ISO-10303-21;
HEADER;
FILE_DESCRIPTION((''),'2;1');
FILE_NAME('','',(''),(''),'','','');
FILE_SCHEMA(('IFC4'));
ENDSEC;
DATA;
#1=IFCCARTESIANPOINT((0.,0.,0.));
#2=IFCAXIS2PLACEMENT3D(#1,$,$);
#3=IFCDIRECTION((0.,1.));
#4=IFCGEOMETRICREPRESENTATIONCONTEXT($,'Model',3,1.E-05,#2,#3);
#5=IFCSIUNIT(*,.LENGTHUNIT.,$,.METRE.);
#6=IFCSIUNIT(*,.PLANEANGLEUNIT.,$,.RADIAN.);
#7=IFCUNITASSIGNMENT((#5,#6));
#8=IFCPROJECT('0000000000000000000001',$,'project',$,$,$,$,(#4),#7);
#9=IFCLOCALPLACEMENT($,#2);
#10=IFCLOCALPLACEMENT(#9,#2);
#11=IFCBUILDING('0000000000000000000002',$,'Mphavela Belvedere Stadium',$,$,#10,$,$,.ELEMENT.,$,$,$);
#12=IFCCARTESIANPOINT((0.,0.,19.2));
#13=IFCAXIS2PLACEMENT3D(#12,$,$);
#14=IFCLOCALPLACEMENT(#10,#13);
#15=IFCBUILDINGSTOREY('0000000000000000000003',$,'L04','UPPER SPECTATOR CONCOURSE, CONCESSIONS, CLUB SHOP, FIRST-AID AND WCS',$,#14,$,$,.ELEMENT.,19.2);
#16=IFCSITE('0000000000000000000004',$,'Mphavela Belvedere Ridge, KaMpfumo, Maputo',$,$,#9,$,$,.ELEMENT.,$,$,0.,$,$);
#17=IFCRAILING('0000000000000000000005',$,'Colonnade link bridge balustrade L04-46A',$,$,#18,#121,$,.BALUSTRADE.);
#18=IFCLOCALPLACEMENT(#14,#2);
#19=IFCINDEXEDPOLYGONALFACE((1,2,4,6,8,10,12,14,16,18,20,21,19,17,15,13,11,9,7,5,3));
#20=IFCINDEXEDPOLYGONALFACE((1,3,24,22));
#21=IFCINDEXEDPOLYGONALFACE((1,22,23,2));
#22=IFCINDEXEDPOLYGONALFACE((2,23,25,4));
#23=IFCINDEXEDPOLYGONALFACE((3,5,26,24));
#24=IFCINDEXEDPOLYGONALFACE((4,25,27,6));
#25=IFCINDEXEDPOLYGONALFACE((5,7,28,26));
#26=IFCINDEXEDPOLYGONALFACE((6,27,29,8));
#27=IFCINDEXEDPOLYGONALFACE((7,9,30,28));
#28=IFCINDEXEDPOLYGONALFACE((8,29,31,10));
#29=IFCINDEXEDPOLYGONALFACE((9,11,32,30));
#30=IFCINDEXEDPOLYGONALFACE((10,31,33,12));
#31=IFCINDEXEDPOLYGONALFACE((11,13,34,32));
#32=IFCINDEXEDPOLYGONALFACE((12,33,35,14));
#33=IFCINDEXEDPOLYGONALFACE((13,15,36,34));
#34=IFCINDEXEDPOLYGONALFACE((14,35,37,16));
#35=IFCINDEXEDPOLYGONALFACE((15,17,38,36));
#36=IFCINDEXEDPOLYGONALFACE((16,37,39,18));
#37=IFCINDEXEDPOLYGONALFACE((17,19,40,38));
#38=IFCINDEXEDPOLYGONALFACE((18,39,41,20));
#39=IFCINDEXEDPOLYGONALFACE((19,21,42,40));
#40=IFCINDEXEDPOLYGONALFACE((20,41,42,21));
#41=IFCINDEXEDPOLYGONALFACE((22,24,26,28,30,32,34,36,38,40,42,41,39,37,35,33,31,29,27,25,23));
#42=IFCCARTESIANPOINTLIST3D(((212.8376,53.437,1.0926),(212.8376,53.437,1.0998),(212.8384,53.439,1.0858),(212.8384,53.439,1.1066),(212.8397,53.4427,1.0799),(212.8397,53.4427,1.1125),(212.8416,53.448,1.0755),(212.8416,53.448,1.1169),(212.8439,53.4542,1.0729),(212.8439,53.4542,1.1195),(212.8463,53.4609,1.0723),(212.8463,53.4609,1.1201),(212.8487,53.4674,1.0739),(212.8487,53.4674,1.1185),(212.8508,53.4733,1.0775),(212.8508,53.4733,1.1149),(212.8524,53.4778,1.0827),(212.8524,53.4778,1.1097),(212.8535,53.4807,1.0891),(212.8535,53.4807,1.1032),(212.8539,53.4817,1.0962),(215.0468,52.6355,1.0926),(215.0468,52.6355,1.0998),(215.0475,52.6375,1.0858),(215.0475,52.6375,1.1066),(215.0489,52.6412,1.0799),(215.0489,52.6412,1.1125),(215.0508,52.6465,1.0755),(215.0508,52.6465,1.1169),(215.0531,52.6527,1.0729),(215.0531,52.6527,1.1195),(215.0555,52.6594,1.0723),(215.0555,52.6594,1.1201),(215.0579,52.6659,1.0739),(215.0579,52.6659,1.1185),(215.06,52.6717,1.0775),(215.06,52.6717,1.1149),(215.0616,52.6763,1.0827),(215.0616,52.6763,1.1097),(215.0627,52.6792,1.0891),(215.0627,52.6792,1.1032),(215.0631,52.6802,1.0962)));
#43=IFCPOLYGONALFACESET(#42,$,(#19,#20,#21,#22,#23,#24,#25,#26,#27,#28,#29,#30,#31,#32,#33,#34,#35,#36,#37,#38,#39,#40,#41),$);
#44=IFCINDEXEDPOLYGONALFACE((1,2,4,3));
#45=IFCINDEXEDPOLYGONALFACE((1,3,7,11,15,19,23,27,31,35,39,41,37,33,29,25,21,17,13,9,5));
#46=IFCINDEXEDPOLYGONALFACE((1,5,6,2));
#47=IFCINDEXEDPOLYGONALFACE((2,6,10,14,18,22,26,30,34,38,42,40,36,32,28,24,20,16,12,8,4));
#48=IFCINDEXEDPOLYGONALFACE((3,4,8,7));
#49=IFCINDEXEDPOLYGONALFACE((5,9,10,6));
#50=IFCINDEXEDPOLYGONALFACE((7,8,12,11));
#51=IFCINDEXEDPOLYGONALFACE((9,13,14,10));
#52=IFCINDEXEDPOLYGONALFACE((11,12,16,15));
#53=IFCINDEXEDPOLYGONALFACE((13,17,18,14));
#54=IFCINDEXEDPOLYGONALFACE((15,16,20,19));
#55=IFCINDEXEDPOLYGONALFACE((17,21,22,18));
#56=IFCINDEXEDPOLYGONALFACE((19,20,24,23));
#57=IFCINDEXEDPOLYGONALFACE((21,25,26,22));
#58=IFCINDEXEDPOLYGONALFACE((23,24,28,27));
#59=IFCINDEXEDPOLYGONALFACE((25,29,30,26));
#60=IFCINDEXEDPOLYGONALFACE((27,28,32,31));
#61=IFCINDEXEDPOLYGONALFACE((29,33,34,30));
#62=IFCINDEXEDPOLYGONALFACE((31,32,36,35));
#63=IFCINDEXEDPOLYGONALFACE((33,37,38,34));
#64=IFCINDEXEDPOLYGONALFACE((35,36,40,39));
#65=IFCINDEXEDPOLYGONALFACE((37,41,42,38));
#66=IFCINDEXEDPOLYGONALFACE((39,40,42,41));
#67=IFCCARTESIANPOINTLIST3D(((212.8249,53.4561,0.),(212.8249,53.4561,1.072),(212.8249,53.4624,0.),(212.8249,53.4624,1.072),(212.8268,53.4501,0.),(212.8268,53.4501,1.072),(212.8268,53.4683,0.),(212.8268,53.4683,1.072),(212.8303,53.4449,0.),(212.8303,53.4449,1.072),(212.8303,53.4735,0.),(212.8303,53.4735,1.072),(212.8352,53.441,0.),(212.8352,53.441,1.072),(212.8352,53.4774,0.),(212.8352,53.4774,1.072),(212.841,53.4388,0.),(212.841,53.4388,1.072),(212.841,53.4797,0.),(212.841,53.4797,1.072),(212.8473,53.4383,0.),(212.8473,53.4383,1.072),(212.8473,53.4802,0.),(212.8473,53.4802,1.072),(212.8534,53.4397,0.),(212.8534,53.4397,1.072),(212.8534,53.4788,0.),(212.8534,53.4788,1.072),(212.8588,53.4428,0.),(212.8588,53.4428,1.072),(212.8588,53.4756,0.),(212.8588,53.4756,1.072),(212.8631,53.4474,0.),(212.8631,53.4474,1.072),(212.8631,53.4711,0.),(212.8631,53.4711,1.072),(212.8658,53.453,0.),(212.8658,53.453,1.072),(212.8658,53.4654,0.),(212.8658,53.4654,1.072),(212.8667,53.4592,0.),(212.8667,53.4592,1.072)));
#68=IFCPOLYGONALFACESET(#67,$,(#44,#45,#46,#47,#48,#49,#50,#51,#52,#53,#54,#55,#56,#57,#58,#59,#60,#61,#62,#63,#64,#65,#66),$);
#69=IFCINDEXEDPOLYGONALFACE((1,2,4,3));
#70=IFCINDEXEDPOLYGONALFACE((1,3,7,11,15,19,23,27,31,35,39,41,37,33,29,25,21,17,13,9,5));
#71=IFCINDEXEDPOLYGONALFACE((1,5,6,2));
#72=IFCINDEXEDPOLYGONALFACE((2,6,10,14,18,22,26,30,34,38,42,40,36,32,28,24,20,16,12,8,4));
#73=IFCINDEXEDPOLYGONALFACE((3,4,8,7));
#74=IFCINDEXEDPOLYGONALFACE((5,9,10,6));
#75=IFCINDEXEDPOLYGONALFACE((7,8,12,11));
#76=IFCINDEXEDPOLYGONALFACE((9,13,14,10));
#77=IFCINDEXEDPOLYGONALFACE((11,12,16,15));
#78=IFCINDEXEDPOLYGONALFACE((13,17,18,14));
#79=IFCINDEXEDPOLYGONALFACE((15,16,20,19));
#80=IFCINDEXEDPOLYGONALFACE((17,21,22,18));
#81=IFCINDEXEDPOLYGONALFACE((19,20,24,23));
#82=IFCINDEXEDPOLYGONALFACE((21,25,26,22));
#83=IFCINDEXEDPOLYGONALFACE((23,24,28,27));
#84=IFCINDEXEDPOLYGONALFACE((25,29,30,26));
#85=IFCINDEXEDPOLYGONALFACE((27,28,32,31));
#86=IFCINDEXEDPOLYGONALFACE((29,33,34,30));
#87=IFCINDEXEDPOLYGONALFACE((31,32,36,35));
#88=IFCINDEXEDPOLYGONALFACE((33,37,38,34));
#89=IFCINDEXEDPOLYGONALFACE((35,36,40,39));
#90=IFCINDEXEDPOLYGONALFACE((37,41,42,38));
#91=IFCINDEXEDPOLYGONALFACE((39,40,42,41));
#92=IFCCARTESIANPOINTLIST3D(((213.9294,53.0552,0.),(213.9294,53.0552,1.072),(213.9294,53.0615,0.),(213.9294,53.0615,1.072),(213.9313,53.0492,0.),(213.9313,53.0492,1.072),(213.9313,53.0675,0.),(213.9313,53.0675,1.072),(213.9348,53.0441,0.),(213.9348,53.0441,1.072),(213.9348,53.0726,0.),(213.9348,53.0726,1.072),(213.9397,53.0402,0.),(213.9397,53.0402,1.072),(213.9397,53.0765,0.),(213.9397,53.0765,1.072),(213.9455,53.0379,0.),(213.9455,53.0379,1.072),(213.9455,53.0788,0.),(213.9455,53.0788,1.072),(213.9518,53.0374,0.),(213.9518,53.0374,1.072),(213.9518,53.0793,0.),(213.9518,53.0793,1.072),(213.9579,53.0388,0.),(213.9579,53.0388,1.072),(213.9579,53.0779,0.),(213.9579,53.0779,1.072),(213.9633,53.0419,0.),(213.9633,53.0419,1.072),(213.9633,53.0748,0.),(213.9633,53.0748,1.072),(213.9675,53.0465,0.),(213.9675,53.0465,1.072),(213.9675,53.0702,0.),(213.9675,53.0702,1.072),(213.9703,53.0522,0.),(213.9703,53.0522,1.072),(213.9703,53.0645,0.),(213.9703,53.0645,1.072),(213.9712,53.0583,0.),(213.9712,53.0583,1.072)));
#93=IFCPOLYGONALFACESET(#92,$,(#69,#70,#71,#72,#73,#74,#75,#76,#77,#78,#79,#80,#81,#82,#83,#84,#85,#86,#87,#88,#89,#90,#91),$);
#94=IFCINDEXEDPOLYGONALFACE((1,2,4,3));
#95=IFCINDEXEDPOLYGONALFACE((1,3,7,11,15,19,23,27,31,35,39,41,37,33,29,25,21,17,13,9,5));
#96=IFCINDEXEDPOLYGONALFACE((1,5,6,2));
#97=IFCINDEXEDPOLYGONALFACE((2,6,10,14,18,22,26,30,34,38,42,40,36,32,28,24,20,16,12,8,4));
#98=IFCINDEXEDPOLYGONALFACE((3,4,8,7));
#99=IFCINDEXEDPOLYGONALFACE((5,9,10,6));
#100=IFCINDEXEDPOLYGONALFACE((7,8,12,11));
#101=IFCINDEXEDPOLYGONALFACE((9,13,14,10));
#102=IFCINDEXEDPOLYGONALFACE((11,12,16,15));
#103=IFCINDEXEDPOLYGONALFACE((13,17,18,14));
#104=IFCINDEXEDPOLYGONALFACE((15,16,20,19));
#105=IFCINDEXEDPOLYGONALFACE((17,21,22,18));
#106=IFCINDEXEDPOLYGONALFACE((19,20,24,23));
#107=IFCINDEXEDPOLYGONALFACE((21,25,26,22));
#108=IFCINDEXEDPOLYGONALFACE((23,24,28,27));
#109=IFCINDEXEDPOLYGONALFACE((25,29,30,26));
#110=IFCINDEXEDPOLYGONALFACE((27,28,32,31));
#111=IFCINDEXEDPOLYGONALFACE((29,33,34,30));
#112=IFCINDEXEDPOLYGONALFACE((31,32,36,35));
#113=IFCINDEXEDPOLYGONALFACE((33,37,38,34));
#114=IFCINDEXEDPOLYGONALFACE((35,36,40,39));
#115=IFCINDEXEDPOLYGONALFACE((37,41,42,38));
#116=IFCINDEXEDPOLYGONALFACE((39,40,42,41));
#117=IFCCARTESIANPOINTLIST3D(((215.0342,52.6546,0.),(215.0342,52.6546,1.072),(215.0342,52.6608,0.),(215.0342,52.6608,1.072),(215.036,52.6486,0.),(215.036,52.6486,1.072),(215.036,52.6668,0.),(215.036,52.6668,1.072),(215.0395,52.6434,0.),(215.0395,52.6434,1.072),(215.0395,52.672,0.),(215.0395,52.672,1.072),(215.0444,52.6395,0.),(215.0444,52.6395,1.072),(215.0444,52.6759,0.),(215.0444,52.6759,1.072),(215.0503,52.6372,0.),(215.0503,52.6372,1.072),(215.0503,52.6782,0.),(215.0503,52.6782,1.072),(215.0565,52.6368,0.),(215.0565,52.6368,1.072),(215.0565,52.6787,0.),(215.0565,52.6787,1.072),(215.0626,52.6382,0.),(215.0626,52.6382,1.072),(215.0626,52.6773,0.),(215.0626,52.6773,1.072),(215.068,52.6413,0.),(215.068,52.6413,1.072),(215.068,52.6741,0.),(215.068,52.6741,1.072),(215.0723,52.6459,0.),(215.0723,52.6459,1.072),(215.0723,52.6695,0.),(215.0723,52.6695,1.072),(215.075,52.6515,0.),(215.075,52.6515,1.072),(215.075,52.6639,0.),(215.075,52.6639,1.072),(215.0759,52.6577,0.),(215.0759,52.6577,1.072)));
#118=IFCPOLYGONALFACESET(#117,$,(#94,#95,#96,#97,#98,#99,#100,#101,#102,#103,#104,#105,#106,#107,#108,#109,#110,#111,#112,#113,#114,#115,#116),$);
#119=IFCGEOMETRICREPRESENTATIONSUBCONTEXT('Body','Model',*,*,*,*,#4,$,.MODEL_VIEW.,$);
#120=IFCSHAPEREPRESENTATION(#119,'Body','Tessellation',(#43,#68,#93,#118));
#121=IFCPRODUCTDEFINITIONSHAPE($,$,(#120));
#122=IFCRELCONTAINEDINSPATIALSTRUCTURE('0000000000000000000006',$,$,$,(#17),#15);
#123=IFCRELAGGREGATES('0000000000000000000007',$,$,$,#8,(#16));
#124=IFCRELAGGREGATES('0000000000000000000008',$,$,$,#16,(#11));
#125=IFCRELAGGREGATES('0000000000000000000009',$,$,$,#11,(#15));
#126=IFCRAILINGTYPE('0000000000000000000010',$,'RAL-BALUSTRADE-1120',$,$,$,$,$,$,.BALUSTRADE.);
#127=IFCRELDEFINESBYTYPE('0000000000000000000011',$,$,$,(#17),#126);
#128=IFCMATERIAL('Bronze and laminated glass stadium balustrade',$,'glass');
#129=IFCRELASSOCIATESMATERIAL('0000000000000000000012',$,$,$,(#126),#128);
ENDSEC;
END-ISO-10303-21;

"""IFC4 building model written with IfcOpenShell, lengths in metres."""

from ifc_helpers import new_model, si_unit, direction, frame, origin, origin_2d, place, context, subcontext, project, spatial, circle, extrude, material, type_object, element, save


model = new_model("IFC4")

# Units and contexts
model_context = context("Model", 3, precision=1e-05, world=origin(), true_north=direction((0.0, 1.0)))
body_context = subcontext(model_context, "Body", "Model", "MODEL_VIEW")
ifc_project = project(units=[si_unit("LENGTHUNIT", "METRE"), si_unit("PLANEANGLEUNIT", "RADIAN")], contexts=[model_context])

# Site, building, storey
site_placement = place(None, origin())
site = spatial("IfcSite", under=ifc_project, at=site_placement, Name="Mphavela Belvedere Ridge, KaMpfumo, Maputo", CompositionType="ELEMENT", RefElevation=0.0)
building_placement = place(site_placement, origin())
building = spatial("IfcBuilding", under=site, at=building_placement, Name="Mphavela Belvedere Stadium", CompositionType="ELEMENT")
storey_placement = place(building_placement, frame((0.0, 0.0, 19.2)))
storey = spatial("IfcBuildingStorey", under=building, at=storey_placement, Name="L04", Description="UPPER SPECTATOR CONCOURSE, CONCESSIONS, CLUB SHOP, FIRST-AID AND WCS", CompositionType="ELEMENT", Elevation=19.2)

# Railing
ifc_material_1 = material(Name="Bronze and laminated glass stadium balustrade", Category="glass")
railing_type = type_object("IfcRailingType", Name="RAL-BALUSTRADE-1120", PredefinedType="BALUSTRADE", material=ifc_material_1)
railing_1_placement = place(storey_placement, frame((212.8457, 53.4592, 0.0)))
element("IfcRailing", 1, at=railing_1_placement, inside=storey, type_object=railing_type, Name="Colonnade link bridge balustrade L04-46A", PredefinedType="BALUSTRADE", context=body_context, shape_type="SweptSolid", body=[
    extrude(circle(Radius=0.0239, at=origin_2d()), frame((0.0, 0.0, 1.0962), z_axis=(0.940045, -0.341051, 0.0), x_axis=(0.341051, 0.940045, 0.0)), (0.0, 0.0, 1.0), 2.3501),
    extrude(circle(Radius=0.021, at=origin_2d()), origin(), (0.0, 0.0, 1.0), 1.072),
    extrude(circle(Radius=0.021, at=origin_2d()), frame((1.1045, -0.4009, 0.0)), (0.0, 0.0, 1.0), 1.072),
    extrude(circle(Radius=0.021, at=origin_2d()), frame((2.2092, -0.8015, 0.0)), (0.0, 0.0, 1.0), 1.072),
])

save(model, "model.ifc")
